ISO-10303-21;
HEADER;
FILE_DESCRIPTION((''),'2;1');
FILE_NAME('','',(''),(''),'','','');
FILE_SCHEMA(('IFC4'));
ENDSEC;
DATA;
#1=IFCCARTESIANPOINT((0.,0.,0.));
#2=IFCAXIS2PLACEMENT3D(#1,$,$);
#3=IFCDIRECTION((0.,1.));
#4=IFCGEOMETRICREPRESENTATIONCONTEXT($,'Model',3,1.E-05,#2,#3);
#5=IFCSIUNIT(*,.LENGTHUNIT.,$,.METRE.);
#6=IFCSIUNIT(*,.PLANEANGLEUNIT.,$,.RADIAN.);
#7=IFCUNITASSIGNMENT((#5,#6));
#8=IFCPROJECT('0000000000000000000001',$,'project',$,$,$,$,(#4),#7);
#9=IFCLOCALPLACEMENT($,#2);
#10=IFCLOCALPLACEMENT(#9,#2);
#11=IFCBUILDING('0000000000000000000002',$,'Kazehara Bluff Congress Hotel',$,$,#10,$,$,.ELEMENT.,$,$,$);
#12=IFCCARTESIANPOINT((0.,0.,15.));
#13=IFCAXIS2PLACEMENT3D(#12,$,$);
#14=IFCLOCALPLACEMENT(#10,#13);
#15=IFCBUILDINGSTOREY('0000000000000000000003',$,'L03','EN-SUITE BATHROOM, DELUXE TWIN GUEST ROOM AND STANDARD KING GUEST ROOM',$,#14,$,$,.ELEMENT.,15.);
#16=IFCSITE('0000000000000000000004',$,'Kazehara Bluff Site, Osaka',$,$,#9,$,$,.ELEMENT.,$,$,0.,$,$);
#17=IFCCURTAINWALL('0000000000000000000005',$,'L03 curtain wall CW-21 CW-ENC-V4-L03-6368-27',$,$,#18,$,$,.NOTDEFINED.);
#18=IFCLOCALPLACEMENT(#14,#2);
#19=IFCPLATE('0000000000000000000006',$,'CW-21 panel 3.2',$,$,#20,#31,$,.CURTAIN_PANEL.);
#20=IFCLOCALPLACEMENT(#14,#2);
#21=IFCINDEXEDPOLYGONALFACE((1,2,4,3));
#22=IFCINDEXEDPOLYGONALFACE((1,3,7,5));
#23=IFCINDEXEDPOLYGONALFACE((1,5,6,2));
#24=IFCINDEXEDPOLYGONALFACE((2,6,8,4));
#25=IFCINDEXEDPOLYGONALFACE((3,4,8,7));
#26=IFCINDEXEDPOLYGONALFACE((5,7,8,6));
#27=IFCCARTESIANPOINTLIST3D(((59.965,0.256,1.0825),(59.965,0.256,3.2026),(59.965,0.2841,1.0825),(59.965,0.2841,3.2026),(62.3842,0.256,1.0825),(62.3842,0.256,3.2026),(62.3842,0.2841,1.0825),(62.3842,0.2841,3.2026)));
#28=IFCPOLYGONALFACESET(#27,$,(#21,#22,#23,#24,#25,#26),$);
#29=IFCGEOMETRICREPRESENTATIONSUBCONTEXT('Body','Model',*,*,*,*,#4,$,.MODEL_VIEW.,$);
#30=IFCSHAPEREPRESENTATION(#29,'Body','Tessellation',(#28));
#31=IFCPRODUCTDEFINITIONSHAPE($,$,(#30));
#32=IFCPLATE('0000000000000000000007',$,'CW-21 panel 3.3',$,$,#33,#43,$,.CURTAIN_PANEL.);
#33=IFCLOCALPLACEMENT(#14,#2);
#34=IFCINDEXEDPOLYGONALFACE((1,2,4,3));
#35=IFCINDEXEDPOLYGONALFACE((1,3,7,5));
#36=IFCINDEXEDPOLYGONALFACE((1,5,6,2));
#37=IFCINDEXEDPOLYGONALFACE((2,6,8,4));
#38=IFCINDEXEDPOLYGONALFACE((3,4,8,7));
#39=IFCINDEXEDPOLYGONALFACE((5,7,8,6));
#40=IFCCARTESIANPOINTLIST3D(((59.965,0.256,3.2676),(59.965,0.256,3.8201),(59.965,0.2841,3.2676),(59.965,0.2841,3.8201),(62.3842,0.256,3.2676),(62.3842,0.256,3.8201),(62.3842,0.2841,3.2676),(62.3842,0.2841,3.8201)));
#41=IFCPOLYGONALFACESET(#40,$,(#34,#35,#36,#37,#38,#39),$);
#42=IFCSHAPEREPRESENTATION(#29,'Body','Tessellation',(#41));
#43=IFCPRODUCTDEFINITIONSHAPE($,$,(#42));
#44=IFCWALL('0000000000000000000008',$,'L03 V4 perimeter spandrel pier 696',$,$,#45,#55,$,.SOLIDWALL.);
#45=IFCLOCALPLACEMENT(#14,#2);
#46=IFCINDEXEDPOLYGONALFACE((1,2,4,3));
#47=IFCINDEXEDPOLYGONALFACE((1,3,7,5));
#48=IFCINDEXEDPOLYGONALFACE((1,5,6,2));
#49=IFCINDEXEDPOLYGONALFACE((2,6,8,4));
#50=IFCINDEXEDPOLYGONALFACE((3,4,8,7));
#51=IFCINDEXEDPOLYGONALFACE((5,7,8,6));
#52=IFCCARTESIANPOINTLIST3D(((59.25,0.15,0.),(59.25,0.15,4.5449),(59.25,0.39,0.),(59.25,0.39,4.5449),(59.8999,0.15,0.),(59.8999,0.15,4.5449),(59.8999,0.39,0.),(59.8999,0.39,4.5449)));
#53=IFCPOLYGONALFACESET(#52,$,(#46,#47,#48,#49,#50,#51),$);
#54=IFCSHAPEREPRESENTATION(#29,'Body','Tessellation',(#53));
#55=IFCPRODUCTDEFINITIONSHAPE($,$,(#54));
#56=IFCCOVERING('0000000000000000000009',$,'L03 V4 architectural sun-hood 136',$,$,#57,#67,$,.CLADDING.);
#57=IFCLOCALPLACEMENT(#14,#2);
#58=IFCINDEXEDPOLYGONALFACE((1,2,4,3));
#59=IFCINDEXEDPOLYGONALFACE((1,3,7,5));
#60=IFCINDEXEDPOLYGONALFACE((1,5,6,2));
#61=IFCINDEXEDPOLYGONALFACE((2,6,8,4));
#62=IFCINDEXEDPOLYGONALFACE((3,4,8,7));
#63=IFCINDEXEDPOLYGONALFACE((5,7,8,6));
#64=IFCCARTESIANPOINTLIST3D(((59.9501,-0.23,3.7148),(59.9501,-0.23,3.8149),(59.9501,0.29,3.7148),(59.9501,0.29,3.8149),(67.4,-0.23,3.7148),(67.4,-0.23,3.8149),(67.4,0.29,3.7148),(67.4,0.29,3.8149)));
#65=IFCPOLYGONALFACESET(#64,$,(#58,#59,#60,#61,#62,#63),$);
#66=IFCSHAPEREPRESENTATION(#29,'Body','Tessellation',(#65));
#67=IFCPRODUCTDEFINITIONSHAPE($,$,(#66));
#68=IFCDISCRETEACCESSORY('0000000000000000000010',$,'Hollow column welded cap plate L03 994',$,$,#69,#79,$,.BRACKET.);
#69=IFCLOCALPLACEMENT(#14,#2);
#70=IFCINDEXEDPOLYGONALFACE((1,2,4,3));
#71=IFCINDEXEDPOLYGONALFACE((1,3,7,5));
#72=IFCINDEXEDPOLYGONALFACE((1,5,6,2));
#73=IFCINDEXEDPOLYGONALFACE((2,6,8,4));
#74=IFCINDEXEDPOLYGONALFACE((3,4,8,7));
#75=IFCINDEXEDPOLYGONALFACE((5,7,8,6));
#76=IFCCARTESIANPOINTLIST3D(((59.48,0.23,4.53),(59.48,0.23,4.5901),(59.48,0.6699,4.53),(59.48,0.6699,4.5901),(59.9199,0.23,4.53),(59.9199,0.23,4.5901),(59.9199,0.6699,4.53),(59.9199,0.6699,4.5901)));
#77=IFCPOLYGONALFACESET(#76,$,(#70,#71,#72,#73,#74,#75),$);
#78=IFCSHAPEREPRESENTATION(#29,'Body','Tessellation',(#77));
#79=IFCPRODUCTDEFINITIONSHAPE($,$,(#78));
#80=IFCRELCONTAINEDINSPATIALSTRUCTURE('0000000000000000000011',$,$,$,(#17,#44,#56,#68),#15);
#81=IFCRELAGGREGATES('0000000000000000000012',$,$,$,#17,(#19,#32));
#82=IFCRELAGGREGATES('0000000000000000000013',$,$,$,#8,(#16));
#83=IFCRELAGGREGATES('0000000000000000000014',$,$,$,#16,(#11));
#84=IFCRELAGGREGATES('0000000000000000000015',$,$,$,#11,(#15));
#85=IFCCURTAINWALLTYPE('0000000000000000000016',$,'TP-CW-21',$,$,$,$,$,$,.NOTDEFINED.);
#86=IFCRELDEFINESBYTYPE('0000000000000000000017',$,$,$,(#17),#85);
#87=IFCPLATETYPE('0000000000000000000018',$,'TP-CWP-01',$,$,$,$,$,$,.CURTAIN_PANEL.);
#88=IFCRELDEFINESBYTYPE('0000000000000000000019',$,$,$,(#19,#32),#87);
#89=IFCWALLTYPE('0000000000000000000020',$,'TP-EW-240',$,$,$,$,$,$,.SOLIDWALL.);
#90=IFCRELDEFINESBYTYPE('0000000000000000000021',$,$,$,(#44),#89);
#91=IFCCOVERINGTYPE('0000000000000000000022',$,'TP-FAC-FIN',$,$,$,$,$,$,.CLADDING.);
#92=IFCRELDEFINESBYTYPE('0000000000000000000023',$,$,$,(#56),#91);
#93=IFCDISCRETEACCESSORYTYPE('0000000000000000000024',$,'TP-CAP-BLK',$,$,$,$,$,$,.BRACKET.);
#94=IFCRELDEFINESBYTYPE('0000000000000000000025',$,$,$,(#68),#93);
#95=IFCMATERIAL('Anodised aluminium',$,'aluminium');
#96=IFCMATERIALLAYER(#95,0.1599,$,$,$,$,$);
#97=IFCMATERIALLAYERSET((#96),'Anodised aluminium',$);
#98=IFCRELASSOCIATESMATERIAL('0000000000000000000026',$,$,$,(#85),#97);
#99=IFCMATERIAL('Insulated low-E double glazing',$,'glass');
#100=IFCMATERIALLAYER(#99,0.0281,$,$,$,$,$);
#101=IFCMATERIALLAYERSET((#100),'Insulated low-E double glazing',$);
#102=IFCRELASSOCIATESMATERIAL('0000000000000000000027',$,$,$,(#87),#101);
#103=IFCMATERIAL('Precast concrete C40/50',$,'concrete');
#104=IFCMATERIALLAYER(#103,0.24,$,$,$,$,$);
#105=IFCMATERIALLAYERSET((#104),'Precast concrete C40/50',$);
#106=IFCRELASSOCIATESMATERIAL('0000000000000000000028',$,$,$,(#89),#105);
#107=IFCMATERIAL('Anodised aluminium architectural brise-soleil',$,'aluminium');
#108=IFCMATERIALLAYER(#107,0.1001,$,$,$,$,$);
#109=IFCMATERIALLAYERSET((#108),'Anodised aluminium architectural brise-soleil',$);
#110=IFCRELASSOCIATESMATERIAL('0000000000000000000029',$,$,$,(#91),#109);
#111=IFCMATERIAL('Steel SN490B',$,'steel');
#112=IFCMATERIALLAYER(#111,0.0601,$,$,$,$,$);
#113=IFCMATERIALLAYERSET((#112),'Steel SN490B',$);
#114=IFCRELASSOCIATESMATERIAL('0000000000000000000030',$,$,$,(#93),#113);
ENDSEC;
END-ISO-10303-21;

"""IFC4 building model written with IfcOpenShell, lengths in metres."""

from ifc_helpers import new_model, si_unit, direction, frame, frame_2d, origin, origin_2d, place, context, subcontext, project, spatial, rectangle, extrude, material, layer, layer_set, type_object, element, aggregate, save


model = new_model("IFC4")

# Units and contexts
model_context = context("Model", 3, precision=1e-05, world=origin(), true_north=direction((0.0, 1.0)))
body_context = subcontext(model_context, "Body", "Model", "MODEL_VIEW")
ifc_project = project(units=[si_unit("LENGTHUNIT", "METRE"), si_unit("PLANEANGLEUNIT", "RADIAN")], contexts=[model_context])

# Site, building, storey
site_placement = place(None, origin())
site = spatial("IfcSite", under=ifc_project, at=site_placement, Name="Kazehara Bluff Site, Osaka", CompositionType="ELEMENT", RefElevation=0.0)
building_placement = place(site_placement, origin())
building = spatial("IfcBuilding", under=site, at=building_placement, Name="Kazehara Bluff Congress Hotel", CompositionType="ELEMENT")
storey_placement = place(building_placement, frame((0.0, 0.0, 15.0)))
storey = spatial("IfcBuildingStorey", under=building, at=storey_placement, Name="L03", Description="EN-SUITE BATHROOM, DELUXE TWIN GUEST ROOM AND STANDARD KING GUEST ROOM", CompositionType="ELEMENT", Elevation=15.0)

# Curtain wall
ifc_material_1 = material(Name="Anodised aluminium", Category="aluminium")
ifc_layer_1 = layer(ifc_material_1, 0.1599)
ifc_layer_set_1 = layer_set([ifc_layer_1], Name="Anodised aluminium")
curtain_wall_type = type_object("IfcCurtainWallType", Name="TP-CW-21", PredefinedType="NOTDEFINED", material=ifc_layer_set_1)
curtain_wall_placement = place(storey_placement, origin())
curtain_wall = element("IfcCurtainWall", 1, at=curtain_wall_placement, inside=storey, type_object=curtain_wall_type, Name="L03 curtain wall CW-21 CW-ENC-V4-L03-6368-27", PredefinedType="NOTDEFINED")

# Plates
ifc_material_2 = material(Name="Insulated low-E double glazing", Category="glass")
ifc_layer_2 = layer(ifc_material_2, 0.0281)
ifc_layer_set_2 = layer_set([ifc_layer_2], Name="Insulated low-E double glazing")
plate_type = type_object("IfcPlateType", Name="TP-CWP-01", PredefinedType="CURTAIN_PANEL", material=ifc_layer_set_2)
plate_1_placement = place(storey_placement, frame((61.1746, 0.27, 1.0825), z_axis=(0.0, 0.0, 1.0), x_axis=(-1.0, 0.0, 0.0)))
plate_1 = element("IfcPlate", 2, at=plate_1_placement, type_object=plate_type, Name="CW-21 panel 3.2", PredefinedType="CURTAIN_PANEL", context=body_context, shape_type="SweptSolid", body=[
    extrude(rectangle(XDim=2.4192, YDim=0.0281, at=origin_2d()), origin(), (0.0, 0.0, 1.0), 2.1201),
])
plate_2_placement = place(storey_placement, frame((61.1746, 0.27, 3.2676), z_axis=(0.0, 0.0, 1.0), x_axis=(-1.0, 0.0, 0.0)))
plate_2 = element("IfcPlate", 3, at=plate_2_placement, type_object=plate_type, Name="CW-21 panel 3.3", PredefinedType="CURTAIN_PANEL", context=body_context, shape_type="SweptSolid", body=[
    extrude(rectangle(XDim=2.4192, YDim=0.0281, at=origin_2d()), origin(), (0.0, 0.0, 1.0), 0.5525),
])
aggregate(curtain_wall, [plate_1, plate_2])

# Wall
ifc_material_3 = material(Name="Precast concrete C40/50", Category="concrete")
ifc_layer_3 = layer(ifc_material_3, 0.24)
ifc_layer_set_3 = layer_set([ifc_layer_3], Name="Precast concrete C40/50")
wall_type = type_object("IfcWallType", Name="TP-EW-240", PredefinedType="SOLIDWALL", material=ifc_layer_set_3)
wall_placement = place(storey_placement, frame((59.8999, 0.27, 0.0), z_axis=(0.0, 0.0, 1.0), x_axis=(-1.0, 0.0, 0.0)))
element("IfcWall", 4, at=wall_placement, inside=storey, type_object=wall_type, Name="L03 V4 perimeter spandrel pier 696", PredefinedType="SOLIDWALL", context=body_context, shape_type="SweptSolid", body=[
    extrude(rectangle(XDim=0.6499, YDim=0.24, at=frame_2d((0.325, 0.0))), origin(), (0.0, 0.0, 1.0), 4.5449),
])

# Covering
ifc_material_4 = material(Name="Anodised aluminium architectural brise-soleil", Category="aluminium")
ifc_layer_4 = layer(ifc_material_4, 0.1001)
ifc_layer_set_4 = layer_set([ifc_layer_4], Name="Anodised aluminium architectural brise-soleil")
covering_type = type_object("IfcCoveringType", Name="TP-FAC-FIN", PredefinedType="CLADDING", material=ifc_layer_set_4)
covering_placement = place(storey_placement, frame((63.675, 0.03, 3.7148), z_axis=(0.0, 0.0, 1.0), x_axis=(1.0, 0.0, 0.0)))
element("IfcCovering", 5, at=covering_placement, inside=storey, type_object=covering_type, Name="L03 V4 architectural sun-hood 136", PredefinedType="CLADDING", context=body_context, shape_type="SweptSolid", body=[
    extrude(rectangle(XDim=7.45, YDim=0.52, at=origin_2d()), origin(), (0.0, 0.0, 1.0), 0.1001),
])

# Discrete accessory
ifc_material_5 = material(Name="Steel SN490B", Category="steel")
ifc_layer_5 = layer(ifc_material_5, 0.0601)
ifc_layer_set_5 = layer_set([ifc_layer_5], Name="Steel SN490B")
discrete_accessory_type = type_object("IfcDiscreteAccessoryType", Name="TP-CAP-BLK", PredefinedType="BRACKET", material=ifc_layer_set_5)
discrete_accessory_placement = place(storey_placement, frame((59.7, 0.45, 4.53), z_axis=(0.0, 0.0, 1.0), x_axis=(1.0, 0.0, 0.0)))
element("IfcDiscreteAccessory", 6, at=discrete_accessory_placement, inside=storey, type_object=discrete_accessory_type, Name="Hollow column welded cap plate L03 994", PredefinedType="BRACKET", context=body_context, shape_type="SweptSolid", body=[
    extrude(rectangle(XDim=0.4399, YDim=0.4399, at=origin_2d()), origin(), (0.0, 0.0, 1.0), 0.0601),
])

save(model, "model.ifc")
